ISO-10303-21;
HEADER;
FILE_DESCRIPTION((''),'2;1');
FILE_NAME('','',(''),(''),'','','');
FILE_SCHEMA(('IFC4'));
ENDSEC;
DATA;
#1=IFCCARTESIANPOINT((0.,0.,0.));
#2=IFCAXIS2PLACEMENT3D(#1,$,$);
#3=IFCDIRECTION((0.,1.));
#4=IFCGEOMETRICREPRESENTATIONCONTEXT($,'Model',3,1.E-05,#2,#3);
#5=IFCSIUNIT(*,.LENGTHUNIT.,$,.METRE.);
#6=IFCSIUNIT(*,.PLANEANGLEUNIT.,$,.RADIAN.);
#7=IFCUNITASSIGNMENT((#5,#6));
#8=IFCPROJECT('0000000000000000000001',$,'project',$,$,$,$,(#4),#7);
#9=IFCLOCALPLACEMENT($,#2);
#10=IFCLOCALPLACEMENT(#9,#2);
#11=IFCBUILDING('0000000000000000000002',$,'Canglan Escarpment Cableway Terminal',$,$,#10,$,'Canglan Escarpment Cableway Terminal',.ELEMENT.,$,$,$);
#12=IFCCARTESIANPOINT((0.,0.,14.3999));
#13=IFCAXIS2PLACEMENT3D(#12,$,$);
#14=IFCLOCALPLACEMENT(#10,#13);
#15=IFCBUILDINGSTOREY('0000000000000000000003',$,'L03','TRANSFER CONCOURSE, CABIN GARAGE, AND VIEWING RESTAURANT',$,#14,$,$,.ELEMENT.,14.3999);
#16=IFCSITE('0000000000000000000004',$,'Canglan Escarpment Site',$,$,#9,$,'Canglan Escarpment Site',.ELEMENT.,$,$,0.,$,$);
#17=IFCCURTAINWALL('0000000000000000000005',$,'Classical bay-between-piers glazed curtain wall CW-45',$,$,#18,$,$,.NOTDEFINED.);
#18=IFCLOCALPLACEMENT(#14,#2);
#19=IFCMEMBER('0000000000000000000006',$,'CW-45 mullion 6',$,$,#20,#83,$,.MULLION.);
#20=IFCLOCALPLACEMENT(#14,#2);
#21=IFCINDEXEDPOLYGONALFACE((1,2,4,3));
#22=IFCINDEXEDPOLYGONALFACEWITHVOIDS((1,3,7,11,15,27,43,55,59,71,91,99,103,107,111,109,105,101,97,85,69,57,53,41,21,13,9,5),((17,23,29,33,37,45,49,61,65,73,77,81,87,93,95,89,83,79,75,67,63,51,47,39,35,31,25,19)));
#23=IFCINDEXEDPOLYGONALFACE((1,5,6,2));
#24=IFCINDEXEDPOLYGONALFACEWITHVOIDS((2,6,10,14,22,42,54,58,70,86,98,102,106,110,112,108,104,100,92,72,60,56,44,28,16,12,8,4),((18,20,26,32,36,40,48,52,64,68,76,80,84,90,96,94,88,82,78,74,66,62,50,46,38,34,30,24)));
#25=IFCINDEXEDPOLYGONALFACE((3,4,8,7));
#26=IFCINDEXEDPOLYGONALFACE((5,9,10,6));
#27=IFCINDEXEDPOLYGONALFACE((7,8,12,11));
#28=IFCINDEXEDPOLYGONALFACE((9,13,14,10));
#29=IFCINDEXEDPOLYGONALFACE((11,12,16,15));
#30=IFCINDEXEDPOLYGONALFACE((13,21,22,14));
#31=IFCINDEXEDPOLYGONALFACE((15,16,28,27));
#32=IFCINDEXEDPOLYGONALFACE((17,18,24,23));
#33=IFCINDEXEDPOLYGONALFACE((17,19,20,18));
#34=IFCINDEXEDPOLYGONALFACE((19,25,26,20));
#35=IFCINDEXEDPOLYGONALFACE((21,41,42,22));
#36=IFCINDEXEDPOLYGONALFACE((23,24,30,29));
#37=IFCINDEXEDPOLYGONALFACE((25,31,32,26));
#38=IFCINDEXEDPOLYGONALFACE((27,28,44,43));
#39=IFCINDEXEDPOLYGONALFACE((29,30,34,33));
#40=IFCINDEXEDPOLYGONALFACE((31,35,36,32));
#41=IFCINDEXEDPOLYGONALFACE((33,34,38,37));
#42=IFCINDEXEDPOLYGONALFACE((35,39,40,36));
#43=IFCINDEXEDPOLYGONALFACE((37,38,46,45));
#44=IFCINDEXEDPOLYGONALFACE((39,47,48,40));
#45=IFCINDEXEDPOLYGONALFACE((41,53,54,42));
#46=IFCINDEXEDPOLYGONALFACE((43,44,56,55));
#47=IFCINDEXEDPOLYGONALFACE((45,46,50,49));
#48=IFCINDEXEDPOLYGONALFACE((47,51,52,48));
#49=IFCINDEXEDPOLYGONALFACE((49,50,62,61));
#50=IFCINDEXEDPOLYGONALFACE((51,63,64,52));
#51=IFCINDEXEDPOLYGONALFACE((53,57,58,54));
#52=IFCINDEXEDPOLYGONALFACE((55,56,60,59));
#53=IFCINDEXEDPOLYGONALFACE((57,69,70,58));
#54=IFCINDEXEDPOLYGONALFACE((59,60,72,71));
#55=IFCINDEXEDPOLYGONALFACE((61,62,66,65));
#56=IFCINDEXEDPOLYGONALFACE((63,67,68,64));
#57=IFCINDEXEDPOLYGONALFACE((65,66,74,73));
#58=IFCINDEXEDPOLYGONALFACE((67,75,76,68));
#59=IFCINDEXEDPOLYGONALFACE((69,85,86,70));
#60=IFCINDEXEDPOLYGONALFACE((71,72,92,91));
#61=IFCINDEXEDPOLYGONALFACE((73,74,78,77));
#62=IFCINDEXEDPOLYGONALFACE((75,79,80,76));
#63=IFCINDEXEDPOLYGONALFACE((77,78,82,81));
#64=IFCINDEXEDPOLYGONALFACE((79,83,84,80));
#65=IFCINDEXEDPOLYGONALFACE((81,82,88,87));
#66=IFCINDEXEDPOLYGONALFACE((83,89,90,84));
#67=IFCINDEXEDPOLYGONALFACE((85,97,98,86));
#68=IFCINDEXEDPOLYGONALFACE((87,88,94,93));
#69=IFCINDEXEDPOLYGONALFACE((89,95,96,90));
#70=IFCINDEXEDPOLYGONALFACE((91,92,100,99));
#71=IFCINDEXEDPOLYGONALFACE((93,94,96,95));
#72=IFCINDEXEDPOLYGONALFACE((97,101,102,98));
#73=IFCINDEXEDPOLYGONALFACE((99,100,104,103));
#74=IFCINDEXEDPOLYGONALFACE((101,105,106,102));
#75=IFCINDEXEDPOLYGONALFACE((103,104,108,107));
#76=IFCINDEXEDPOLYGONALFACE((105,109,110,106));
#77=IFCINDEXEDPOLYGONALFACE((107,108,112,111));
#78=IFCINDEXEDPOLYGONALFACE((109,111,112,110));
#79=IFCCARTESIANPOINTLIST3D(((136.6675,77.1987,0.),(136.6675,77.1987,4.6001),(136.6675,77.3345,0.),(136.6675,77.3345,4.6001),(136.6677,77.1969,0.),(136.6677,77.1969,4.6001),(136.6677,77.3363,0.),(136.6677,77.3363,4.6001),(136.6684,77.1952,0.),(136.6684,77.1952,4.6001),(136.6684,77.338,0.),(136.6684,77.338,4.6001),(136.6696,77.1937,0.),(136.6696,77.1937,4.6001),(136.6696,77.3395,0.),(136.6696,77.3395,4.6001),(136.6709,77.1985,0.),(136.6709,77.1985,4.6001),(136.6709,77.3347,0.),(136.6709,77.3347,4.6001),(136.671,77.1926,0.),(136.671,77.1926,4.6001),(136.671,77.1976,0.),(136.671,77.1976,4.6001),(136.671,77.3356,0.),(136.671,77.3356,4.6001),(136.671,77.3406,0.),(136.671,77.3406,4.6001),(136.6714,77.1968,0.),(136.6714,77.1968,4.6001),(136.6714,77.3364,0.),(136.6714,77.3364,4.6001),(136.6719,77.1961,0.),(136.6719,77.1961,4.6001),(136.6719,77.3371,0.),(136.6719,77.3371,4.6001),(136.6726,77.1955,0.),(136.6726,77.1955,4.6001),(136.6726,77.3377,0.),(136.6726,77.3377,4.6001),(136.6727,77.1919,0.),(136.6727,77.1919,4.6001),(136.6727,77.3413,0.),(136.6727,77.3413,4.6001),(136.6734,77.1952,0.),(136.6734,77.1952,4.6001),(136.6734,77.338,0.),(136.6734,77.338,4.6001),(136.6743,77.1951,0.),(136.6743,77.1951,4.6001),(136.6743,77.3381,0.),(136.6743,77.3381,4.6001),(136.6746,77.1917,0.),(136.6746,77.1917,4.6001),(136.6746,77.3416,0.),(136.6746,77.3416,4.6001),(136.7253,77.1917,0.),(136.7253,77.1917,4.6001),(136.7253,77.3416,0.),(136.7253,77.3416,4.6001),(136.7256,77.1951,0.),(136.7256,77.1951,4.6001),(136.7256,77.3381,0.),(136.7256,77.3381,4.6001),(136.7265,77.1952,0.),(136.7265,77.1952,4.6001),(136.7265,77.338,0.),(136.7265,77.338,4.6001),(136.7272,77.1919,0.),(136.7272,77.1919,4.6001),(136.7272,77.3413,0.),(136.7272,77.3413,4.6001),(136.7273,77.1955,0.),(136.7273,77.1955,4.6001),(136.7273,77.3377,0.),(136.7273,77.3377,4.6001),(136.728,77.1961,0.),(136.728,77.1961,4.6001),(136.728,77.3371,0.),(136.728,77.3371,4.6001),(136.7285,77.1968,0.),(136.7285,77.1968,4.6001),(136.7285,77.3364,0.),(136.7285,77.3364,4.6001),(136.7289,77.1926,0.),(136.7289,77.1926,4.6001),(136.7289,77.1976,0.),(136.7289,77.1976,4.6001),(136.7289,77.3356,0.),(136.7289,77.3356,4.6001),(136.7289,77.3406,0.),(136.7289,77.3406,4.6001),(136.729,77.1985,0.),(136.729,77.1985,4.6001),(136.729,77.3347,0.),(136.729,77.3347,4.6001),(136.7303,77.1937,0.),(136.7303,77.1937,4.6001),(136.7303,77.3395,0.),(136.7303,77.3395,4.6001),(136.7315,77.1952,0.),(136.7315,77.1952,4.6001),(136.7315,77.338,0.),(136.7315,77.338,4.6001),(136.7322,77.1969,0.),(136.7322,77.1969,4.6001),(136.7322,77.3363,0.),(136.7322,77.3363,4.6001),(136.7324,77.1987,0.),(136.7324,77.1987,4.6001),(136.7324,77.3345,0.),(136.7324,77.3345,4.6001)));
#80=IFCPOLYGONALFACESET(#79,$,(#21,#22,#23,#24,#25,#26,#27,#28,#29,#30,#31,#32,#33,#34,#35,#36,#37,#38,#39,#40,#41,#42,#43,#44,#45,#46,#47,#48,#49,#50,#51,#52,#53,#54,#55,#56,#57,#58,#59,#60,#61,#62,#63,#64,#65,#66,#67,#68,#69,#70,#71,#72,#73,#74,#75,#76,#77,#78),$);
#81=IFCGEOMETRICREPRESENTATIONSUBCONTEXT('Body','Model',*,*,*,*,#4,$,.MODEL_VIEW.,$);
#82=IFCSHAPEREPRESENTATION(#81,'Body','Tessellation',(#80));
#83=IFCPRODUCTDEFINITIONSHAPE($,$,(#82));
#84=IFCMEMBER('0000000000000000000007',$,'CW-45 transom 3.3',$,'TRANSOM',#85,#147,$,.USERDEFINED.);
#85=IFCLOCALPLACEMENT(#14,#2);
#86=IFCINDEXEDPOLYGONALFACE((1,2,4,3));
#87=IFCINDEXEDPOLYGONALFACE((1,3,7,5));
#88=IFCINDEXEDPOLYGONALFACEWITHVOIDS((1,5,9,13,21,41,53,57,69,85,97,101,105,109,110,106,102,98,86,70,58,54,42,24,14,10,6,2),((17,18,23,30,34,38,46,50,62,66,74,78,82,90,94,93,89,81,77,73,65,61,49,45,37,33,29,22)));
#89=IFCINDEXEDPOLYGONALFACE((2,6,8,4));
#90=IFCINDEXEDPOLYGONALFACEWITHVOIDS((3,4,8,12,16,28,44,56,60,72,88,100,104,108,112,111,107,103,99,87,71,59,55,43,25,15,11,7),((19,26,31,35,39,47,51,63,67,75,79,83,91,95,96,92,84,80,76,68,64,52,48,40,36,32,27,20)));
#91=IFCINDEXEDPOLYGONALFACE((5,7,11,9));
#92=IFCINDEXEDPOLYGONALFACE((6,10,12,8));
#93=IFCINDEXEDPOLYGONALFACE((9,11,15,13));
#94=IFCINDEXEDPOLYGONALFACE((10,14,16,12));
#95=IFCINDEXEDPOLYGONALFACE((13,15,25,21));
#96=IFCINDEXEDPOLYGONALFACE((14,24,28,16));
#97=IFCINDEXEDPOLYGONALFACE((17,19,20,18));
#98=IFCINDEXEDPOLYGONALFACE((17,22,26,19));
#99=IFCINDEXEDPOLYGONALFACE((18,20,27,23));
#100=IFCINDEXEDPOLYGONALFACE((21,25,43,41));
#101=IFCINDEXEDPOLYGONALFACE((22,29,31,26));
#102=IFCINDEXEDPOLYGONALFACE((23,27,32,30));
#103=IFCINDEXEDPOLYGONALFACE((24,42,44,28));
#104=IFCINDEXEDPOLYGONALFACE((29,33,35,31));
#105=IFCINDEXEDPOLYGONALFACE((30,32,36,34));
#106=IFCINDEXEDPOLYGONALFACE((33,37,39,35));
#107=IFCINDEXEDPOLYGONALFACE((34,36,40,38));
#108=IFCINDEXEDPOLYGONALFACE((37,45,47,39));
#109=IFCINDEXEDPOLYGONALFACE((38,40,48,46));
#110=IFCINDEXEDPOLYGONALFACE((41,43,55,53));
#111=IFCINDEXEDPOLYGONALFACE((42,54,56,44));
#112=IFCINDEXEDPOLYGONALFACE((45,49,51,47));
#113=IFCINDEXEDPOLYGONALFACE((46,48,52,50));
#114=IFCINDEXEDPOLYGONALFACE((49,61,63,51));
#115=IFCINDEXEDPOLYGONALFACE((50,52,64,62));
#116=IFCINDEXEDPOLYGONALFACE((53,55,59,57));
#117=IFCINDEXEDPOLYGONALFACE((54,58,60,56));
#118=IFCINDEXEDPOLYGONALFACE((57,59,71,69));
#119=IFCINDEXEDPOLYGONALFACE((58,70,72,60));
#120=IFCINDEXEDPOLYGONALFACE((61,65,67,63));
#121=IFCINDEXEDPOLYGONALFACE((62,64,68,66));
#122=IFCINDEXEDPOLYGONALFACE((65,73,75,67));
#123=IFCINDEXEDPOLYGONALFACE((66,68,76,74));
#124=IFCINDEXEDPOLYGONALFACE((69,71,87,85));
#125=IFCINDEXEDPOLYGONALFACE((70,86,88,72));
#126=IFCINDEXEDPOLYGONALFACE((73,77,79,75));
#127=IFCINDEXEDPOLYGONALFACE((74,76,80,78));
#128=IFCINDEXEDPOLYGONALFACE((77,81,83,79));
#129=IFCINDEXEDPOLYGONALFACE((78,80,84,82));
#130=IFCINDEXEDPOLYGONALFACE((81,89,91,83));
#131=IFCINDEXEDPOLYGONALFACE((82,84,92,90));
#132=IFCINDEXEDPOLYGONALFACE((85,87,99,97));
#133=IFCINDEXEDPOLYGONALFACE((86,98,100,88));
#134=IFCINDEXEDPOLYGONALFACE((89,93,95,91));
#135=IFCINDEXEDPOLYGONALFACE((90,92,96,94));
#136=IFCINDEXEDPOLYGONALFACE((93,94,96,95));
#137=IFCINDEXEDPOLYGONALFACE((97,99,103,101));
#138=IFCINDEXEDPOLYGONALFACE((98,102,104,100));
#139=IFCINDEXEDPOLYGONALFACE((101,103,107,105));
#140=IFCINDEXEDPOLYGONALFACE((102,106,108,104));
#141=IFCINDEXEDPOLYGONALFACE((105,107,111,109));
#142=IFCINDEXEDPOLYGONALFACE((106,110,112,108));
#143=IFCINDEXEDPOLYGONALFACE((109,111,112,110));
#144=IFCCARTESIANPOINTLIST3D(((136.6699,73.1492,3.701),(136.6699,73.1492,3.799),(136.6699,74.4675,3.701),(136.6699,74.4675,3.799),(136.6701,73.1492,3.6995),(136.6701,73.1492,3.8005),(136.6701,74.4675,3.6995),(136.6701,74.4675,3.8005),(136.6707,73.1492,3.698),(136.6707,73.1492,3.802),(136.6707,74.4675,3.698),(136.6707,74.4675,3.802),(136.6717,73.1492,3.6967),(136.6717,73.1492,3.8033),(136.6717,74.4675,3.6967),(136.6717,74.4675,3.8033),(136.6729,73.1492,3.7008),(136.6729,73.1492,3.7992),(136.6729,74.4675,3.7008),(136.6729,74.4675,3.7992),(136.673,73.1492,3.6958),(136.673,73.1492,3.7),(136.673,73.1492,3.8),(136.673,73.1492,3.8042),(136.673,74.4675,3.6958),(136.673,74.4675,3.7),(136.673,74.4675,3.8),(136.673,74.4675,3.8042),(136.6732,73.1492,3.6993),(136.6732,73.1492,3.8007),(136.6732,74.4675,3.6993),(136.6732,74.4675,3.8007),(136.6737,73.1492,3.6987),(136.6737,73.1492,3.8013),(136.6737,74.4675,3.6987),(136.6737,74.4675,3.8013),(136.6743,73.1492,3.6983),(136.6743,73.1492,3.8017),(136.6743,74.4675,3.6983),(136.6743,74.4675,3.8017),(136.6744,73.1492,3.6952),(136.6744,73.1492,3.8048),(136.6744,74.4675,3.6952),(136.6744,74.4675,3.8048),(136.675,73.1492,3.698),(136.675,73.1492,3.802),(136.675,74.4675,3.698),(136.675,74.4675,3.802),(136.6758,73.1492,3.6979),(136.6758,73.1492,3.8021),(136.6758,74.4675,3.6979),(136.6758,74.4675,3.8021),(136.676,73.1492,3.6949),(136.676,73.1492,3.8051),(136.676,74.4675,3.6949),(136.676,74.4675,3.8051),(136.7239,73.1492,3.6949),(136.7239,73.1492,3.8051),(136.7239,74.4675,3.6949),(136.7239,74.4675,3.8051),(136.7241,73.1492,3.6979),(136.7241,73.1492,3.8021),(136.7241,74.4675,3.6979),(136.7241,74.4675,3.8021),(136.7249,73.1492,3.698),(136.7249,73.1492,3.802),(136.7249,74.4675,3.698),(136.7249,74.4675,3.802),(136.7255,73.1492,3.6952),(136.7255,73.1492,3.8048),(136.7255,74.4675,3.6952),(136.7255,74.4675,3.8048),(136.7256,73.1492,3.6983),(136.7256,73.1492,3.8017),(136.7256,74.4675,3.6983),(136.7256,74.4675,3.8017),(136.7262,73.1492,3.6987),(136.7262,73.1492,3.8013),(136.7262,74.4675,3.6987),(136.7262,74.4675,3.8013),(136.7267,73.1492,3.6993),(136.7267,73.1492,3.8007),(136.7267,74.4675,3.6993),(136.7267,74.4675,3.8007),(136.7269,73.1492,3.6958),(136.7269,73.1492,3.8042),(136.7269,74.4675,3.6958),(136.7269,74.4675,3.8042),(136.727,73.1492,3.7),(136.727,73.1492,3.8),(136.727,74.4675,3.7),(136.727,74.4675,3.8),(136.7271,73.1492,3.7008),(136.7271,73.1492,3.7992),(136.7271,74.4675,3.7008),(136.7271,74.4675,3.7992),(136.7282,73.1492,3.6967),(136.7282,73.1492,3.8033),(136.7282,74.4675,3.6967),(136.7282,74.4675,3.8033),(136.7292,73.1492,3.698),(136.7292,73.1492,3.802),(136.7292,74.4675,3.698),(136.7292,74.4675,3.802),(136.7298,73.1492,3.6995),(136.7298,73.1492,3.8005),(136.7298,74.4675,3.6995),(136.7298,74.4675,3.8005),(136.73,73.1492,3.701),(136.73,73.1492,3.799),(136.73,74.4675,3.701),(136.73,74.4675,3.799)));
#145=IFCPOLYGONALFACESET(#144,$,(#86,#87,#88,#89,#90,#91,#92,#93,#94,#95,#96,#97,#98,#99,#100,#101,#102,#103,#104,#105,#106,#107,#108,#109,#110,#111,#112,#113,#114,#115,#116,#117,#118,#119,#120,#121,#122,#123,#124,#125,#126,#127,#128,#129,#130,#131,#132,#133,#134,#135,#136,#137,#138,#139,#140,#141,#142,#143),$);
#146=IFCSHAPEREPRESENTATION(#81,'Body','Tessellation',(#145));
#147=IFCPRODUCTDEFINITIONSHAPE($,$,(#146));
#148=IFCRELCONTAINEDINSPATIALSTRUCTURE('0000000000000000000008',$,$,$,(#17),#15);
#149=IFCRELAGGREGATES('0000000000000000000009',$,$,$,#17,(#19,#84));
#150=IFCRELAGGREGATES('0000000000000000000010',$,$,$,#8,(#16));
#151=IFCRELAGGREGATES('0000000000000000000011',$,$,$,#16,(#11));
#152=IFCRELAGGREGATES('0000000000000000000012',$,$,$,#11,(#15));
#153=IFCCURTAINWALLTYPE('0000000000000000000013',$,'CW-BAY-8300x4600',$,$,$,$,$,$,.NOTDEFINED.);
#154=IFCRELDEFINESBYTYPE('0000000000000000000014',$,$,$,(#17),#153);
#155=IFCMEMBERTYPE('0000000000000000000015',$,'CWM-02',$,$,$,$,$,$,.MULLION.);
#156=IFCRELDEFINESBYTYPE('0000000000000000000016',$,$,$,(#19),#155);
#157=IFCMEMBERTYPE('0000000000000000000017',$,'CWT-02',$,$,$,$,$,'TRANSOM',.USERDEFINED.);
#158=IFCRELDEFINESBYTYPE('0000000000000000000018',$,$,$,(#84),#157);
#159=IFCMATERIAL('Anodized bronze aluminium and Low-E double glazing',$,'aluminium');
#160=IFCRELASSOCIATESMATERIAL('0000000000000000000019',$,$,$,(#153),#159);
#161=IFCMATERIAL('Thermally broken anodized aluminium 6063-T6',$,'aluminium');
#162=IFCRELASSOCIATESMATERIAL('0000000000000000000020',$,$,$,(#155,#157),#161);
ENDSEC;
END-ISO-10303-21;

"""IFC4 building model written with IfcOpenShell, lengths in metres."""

from ifc_helpers import new_model, si_unit, direction, frame, origin, origin_2d, place, context, subcontext, project, spatial, hollow_rectangle, extrude, material, material_profile, profile_set, type_object, element, aggregate, save


model = new_model("IFC4")

# Units and contexts
model_context = context("Model", 3, precision=1e-05, world=origin(), true_north=direction((0.0, 1.0)))
body_context = subcontext(model_context, "Body", "Model", "MODEL_VIEW")
ifc_project = project(units=[si_unit("LENGTHUNIT", "METRE"), si_unit("PLANEANGLEUNIT", "RADIAN")], contexts=[model_context])

# Site, building, storey
site_placement = place(None, origin())
site = spatial("IfcSite", under=ifc_project, at=site_placement, Name="Canglan Escarpment Site", LongName="Canglan Escarpment Site", CompositionType="ELEMENT", RefElevation=0.0)
building_placement = place(site_placement, origin())
building = spatial("IfcBuilding", under=site, at=building_placement, Name="Canglan Escarpment Cableway Terminal", LongName="Canglan Escarpment Cableway Terminal", CompositionType="ELEMENT")
storey_placement = place(building_placement, frame((0.0, 0.0, 14.3999)))
storey = spatial("IfcBuildingStorey", under=building, at=storey_placement, Name="L03", Description="TRANSFER CONCOURSE, CABIN GARAGE, AND VIEWING RESTAURANT", CompositionType="ELEMENT", Elevation=14.3999)

# Curtain wall, members
ifc_material_1 = material(Name="Anodized bronze aluminium and Low-E double glazing", Category="aluminium")
curtain_wall_type = type_object("IfcCurtainWallType", Name="CW-BAY-8300x4600", PredefinedType="NOTDEFINED", material=ifc_material_1)
curtain_wall_placement = place(storey_placement, origin())
curtain_wall = element("IfcCurtainWall", 1, at=curtain_wall_placement, inside=storey, type_object=curtain_wall_type, Name="Classical bay-between-piers glazed curtain wall CW-45", PredefinedType="NOTDEFINED")
ifc_material_2 = material(Name="Thermally broken anodized aluminium 6063-T6", Category="aluminium")
ifc_material_profile_1 = material_profile(ifc_material_2, hollow_rectangle(XDim=0.0649, YDim=0.1499, WallThickness=0.0034, InnerFilletRadius=0.0034, OuterFilletRadius=0.0071, at=origin_2d()), Name="ALU-MULL 65x150x3.5")
ifc_profile_set_1 = profile_set([ifc_material_profile_1], Name="Thermally broken anodized aluminium 6063-T6")
member_type_1 = type_object("IfcMemberType", Name="CWM-02", PredefinedType="MULLION", material=ifc_profile_set_1)
member_1_placement = place(storey_placement, frame((136.7, 77.2666, 0.0), z_axis=(0.0, 0.0, 1.0), x_axis=(-1.0, 0.0, 0.0)))
member_1 = element("IfcMember", 2, at=member_1_placement, type_object=member_type_1, Name="CW-45 mullion 6", PredefinedType="MULLION", context=body_context, shape_type="SweptSolid", body=[
    extrude(hollow_rectangle(XDim=0.0649, YDim=0.1499, WallThickness=0.0034, InnerFilletRadius=0.0034, OuterFilletRadius=0.0071, at=origin_2d()), origin(), (0.0, 0.0, 1.0), 4.6001),
])
ifc_material_profile_2 = material_profile(ifc_material_2, hollow_rectangle(XDim=0.0601, YDim=0.1101, WallThickness=0.0029, InnerFilletRadius=0.0029, OuterFilletRadius=0.0061, at=origin_2d()), Name="ALU-TRAN 60x110x3")
ifc_profile_set_2 = profile_set([ifc_material_profile_2], Name="Thermally broken anodized aluminium 6063-T6")
member_type_2 = type_object("IfcMemberType", Name="CWT-02", ElementType="TRANSOM", PredefinedType="USERDEFINED", material=ifc_profile_set_2)
member_2_placement = place(storey_placement, frame((136.7, 73.1492, 3.75), z_axis=(0.0, 1.0, 0.0), x_axis=(-1.0, 0.0, 0.0)))
member_2 = element("IfcMember", 3, at=member_2_placement, type_object=member_type_2, Name="CW-45 transom 3.3", ObjectType="TRANSOM", PredefinedType="USERDEFINED", context=body_context, shape_type="SweptSolid", body=[
    extrude(hollow_rectangle(XDim=0.0601, YDim=0.1101, WallThickness=0.0029, InnerFilletRadius=0.0029, OuterFilletRadius=0.0061, at=origin_2d()), origin(), (0.0, 0.0, 1.0), 1.3184),
])
aggregate(curtain_wall, [member_1, member_2])

save(model, "model.ifc")
